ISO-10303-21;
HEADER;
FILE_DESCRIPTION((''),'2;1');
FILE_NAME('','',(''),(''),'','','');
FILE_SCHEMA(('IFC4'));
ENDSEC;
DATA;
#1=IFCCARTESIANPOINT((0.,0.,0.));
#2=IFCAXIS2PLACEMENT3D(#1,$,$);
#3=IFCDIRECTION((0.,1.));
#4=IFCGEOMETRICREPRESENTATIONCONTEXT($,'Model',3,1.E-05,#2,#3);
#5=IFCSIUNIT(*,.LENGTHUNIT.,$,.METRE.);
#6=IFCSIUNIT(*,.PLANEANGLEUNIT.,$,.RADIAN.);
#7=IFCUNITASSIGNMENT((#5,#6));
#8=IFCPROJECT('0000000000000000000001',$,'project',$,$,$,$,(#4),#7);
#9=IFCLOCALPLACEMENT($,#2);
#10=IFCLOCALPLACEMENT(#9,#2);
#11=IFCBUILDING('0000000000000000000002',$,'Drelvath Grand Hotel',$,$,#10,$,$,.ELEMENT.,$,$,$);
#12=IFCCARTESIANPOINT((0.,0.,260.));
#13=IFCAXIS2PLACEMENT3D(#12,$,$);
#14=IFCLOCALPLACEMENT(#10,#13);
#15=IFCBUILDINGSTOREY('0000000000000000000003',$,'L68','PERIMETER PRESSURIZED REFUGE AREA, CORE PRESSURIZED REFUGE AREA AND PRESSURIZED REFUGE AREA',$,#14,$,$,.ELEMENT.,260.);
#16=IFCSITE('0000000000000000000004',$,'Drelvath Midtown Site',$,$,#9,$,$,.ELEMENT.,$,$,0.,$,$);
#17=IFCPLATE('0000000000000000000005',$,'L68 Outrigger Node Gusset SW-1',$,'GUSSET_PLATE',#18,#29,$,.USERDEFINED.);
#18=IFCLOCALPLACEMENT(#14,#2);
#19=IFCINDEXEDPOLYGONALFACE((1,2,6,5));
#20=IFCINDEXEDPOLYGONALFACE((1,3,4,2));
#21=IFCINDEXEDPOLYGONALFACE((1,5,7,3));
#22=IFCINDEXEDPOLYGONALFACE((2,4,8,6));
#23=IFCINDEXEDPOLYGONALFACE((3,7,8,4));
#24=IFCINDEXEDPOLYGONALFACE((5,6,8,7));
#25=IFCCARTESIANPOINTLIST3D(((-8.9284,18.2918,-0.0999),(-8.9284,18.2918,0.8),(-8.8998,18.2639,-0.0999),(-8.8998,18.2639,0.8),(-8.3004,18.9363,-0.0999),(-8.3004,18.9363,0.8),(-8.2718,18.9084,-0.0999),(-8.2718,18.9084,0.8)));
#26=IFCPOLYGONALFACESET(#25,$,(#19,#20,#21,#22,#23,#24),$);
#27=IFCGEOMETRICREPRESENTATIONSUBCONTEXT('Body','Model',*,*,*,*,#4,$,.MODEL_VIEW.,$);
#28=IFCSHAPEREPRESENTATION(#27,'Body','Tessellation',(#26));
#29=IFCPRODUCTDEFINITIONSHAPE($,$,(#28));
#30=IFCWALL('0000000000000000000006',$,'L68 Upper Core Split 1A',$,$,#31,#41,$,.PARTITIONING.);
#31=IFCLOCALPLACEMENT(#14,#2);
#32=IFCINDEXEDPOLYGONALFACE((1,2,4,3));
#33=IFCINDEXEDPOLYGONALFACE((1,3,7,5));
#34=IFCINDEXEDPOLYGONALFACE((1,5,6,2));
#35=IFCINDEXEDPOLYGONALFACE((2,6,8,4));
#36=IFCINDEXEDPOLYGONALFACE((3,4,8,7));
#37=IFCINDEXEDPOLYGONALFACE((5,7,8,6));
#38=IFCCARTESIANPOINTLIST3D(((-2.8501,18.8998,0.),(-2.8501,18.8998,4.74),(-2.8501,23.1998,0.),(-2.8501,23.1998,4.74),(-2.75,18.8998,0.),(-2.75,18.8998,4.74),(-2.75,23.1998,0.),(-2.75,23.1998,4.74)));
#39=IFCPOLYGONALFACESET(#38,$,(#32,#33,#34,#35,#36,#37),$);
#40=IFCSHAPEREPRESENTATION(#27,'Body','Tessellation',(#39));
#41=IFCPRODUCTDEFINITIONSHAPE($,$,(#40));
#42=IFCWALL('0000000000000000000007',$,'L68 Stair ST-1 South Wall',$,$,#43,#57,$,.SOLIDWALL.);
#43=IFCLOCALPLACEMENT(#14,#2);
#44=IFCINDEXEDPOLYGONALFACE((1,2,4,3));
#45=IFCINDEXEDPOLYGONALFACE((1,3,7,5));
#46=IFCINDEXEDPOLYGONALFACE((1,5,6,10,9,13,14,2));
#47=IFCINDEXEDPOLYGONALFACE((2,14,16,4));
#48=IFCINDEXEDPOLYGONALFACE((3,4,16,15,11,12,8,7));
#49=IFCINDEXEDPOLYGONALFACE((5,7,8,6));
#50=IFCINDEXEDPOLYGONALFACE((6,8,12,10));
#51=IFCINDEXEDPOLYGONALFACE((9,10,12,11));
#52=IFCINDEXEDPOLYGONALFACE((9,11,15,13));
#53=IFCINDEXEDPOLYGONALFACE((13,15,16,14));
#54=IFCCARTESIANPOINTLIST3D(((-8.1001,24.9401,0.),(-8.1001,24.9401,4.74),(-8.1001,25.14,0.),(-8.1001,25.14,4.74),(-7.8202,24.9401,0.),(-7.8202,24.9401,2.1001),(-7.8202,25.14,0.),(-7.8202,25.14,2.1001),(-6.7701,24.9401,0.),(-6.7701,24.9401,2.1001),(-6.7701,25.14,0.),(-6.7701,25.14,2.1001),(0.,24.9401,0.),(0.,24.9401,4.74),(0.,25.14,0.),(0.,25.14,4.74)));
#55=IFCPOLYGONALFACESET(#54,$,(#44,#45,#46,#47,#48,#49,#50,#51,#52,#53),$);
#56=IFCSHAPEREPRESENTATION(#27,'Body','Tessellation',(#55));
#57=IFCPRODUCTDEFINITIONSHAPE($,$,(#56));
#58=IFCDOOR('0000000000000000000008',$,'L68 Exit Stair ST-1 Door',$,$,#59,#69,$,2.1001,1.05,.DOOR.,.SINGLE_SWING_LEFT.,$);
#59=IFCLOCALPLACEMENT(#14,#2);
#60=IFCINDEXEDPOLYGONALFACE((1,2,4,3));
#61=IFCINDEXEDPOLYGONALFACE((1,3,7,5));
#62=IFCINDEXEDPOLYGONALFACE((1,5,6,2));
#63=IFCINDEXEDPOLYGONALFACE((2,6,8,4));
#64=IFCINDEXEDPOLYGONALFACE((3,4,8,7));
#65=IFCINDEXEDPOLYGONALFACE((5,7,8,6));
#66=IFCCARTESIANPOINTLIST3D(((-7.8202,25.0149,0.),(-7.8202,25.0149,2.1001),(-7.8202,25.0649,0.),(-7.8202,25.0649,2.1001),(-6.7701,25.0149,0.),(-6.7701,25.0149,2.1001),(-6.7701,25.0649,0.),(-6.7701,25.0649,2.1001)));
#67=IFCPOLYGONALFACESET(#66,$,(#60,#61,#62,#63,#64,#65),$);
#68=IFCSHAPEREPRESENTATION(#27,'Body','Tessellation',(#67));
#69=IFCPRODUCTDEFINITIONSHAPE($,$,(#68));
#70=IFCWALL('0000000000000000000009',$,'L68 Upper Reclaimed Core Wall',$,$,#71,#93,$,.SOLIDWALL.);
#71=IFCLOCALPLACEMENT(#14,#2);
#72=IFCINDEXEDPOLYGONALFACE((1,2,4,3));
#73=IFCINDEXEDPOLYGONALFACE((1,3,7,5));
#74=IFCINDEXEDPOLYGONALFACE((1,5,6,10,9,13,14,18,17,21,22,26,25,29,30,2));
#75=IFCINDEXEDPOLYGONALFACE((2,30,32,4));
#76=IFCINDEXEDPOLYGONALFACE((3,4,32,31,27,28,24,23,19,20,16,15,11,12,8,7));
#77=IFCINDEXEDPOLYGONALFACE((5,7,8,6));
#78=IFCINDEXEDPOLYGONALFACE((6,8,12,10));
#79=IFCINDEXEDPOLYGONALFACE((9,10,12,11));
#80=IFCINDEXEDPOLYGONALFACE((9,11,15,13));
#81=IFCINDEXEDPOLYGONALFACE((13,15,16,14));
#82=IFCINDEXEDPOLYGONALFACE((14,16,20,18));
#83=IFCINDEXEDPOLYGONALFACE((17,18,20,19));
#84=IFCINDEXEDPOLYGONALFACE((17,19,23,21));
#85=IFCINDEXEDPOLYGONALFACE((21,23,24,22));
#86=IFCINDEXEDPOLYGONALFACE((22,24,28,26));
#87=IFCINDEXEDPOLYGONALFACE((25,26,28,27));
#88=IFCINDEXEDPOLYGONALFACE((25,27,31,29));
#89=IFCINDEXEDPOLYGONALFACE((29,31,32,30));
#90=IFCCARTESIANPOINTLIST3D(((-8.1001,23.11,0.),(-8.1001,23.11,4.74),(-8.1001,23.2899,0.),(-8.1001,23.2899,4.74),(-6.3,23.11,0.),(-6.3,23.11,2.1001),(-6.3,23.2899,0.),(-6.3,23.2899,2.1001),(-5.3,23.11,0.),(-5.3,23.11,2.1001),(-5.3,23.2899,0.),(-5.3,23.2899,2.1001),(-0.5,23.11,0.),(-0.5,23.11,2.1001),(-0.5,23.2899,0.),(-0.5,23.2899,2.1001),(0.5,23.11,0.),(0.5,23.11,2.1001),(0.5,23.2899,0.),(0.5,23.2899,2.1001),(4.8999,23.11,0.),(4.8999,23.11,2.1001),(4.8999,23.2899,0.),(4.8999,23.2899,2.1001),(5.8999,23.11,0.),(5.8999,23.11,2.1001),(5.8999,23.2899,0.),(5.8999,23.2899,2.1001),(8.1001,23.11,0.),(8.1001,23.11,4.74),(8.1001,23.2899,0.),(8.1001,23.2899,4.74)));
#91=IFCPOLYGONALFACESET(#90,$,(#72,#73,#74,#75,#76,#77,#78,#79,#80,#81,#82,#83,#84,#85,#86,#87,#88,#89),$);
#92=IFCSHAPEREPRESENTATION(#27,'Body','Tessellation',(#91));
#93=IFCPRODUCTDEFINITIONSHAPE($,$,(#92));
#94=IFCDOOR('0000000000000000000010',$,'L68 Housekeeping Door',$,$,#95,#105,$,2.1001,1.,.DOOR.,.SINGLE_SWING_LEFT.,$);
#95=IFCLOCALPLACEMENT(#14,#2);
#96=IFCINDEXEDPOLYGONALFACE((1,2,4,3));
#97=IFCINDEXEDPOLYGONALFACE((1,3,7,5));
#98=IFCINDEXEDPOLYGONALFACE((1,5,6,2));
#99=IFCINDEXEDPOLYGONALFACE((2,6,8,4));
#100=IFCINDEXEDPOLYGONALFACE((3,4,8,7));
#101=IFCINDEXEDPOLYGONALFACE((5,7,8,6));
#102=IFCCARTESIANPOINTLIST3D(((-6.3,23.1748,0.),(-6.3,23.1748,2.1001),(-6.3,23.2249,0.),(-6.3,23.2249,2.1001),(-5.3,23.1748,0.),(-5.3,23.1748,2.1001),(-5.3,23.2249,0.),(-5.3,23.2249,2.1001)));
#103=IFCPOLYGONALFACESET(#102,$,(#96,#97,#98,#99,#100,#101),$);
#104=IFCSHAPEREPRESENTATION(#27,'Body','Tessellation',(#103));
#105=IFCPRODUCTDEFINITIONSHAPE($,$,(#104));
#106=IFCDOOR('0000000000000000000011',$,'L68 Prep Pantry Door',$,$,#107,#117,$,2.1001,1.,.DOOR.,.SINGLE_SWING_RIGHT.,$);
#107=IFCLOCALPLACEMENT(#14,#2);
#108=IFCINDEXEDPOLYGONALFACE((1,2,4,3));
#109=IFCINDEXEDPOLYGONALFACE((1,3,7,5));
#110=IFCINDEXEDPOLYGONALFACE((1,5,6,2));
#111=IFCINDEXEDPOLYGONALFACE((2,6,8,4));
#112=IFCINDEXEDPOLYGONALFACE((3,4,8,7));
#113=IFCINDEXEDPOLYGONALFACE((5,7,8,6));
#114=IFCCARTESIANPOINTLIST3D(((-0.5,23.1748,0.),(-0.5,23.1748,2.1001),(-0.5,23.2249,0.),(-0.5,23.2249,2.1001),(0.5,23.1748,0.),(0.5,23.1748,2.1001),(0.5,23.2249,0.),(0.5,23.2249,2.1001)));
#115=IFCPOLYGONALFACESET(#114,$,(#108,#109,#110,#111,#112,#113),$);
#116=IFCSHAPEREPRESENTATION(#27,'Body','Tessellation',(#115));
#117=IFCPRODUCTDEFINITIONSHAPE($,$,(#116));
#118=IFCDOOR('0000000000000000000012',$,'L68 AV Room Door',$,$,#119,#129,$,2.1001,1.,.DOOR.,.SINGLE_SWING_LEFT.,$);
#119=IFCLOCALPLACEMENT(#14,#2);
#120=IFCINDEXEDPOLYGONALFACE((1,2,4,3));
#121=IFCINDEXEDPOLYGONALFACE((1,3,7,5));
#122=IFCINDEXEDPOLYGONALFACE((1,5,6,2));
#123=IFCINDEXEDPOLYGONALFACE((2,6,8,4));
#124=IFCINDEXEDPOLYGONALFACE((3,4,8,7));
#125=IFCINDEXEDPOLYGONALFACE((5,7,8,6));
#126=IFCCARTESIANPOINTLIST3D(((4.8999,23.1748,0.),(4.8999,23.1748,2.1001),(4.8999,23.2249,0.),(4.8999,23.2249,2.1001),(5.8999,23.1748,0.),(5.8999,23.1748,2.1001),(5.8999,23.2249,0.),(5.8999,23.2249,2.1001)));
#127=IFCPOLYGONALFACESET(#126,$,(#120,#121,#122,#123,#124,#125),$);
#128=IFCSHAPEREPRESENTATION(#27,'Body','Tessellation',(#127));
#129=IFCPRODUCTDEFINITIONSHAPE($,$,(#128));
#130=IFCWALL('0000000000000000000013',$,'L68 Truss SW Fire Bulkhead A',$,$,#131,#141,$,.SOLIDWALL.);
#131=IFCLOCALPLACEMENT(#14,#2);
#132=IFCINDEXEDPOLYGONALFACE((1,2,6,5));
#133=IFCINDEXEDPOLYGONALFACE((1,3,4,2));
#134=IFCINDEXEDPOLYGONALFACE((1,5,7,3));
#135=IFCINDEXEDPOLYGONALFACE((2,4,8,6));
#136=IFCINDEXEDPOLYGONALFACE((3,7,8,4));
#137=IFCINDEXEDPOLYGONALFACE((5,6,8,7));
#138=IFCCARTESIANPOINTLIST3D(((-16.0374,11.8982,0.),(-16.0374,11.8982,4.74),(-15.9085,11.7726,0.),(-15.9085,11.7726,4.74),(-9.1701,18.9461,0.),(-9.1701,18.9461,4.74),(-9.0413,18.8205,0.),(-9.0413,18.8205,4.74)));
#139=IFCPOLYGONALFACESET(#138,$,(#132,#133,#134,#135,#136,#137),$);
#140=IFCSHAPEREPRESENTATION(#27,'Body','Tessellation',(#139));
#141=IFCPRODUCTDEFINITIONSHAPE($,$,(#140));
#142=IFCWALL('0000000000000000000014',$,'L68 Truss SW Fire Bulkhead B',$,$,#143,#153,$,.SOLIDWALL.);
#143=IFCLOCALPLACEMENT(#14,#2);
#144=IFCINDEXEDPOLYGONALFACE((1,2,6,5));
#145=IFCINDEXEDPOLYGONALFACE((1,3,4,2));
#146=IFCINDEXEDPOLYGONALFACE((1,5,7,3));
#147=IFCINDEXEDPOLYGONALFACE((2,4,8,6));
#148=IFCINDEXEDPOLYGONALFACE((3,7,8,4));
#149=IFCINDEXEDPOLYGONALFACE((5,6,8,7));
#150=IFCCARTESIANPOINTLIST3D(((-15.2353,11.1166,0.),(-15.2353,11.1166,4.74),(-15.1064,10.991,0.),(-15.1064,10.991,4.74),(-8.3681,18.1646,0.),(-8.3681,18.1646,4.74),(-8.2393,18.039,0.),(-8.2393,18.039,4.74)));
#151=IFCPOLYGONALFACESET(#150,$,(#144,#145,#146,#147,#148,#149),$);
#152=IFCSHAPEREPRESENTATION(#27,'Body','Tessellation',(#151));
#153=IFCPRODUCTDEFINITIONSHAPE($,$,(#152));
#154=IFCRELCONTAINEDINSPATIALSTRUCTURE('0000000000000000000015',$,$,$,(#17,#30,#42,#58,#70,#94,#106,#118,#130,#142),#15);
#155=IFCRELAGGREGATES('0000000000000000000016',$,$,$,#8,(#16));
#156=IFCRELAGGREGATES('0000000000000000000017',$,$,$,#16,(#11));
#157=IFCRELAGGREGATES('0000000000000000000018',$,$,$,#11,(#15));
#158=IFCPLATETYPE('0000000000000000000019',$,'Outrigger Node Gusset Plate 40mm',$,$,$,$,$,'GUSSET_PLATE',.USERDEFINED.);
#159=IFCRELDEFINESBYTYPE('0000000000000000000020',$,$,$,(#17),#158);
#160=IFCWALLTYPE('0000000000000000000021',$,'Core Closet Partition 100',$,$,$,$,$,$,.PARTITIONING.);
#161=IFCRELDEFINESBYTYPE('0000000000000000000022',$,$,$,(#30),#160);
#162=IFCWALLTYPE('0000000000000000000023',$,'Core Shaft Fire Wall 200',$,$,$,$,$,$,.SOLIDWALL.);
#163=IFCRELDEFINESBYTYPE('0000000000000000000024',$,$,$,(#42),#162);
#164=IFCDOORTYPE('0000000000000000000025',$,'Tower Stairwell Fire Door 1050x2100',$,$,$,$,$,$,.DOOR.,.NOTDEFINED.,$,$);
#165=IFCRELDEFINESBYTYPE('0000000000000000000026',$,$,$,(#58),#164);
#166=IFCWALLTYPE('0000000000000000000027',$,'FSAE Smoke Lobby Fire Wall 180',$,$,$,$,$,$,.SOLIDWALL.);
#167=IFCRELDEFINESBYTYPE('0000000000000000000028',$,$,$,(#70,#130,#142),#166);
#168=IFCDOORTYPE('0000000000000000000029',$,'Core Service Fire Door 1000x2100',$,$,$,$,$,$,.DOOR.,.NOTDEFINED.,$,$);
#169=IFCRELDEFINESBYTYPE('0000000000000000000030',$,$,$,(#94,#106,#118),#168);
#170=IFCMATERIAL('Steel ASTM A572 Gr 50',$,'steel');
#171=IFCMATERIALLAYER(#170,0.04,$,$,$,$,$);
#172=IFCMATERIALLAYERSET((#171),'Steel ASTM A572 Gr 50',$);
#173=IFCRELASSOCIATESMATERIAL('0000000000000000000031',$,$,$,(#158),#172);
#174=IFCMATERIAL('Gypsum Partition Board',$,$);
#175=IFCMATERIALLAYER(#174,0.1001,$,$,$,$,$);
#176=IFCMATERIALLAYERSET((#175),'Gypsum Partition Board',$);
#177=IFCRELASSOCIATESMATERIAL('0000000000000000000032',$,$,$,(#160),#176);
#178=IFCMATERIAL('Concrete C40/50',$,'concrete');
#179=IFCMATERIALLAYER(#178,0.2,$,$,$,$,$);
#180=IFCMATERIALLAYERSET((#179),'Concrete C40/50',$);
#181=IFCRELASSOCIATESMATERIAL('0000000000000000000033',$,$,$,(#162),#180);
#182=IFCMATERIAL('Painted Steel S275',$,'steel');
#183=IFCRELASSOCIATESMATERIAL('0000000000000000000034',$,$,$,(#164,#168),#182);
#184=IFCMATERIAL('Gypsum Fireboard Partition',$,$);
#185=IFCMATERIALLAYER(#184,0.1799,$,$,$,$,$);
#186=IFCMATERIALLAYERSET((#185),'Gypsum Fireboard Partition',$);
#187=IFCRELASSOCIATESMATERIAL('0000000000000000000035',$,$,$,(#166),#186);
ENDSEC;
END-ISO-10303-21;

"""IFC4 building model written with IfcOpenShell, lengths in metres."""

from ifc_helpers import new_model, si_unit, direction, frame, frame_2d, origin, origin_2d, place, context, subcontext, project, spatial, rectangle, extrude, material, layer, layer_set, type_object, element, fill, save


model = new_model("IFC4")

# Units and contexts
model_context = context("Model", 3, precision=1e-05, world=origin(), true_north=direction((0.0, 1.0)))
body_context = subcontext(model_context, "Body", "Model", "MODEL_VIEW")
ifc_project = project(units=[si_unit("LENGTHUNIT", "METRE"), si_unit("PLANEANGLEUNIT", "RADIAN")], contexts=[model_context])

# Site, building, storey
site_placement = place(None, origin())
site = spatial("IfcSite", under=ifc_project, at=site_placement, Name="Drelvath Midtown Site", CompositionType="ELEMENT", RefElevation=0.0)
building_placement = place(site_placement, origin())
building = spatial("IfcBuilding", under=site, at=building_placement, Name="Drelvath Grand Hotel", CompositionType="ELEMENT")
storey_placement = place(building_placement, frame((0.0, 0.0, 260.0)))
storey = spatial("IfcBuildingStorey", under=building, at=storey_placement, Name="L68", Description="PERIMETER PRESSURIZED REFUGE AREA, CORE PRESSURIZED REFUGE AREA AND PRESSURIZED REFUGE AREA", CompositionType="ELEMENT", Elevation=260.0)

# Plate
ifc_material_1 = material(Name="Steel ASTM A572 Gr 50", Category="steel")
ifc_layer_1 = layer(ifc_material_1, 0.04)
ifc_layer_set_1 = layer_set([ifc_layer_1], Name="Steel ASTM A572 Gr 50")
plate_type_1 = type_object("IfcPlateType", Name="Outrigger Node Gusset Plate 40mm", ElementType="GUSSET_PLATE", PredefinedType="USERDEFINED", material=ifc_layer_set_1)
plate_1_placement = place(storey_placement, frame((-8.6001, 18.6001, -0.0999), z_axis=(0.0, 0.0, 1.0), x_axis=(-0.697865, -0.71623, 0.0)))
element("IfcPlate", 1, at=plate_1_placement, inside=storey, type_object=plate_type_1, Name="L68 Outrigger Node Gusset SW-1", ObjectType="GUSSET_PLATE", PredefinedType="USERDEFINED", context=body_context, shape_type="SweptSolid", body=[
    extrude(rectangle(XDim=0.8999, YDim=0.04, at=origin_2d()), origin(), (0.0, 0.0, 1.0), 0.8999),
])

# Wall
ifc_material_2 = material(Name="Gypsum Partition Board")
ifc_layer_2 = layer(ifc_material_2, 0.1001)
ifc_layer_set_2 = layer_set([ifc_layer_2], Name="Gypsum Partition Board")
wall_type_1 = type_object("IfcWallType", Name="Core Closet Partition 100", PredefinedType="PARTITIONING", material=ifc_layer_set_2)
wall_1_placement = place(storey_placement, frame((-2.8, 18.8999, 0.0), z_axis=(0.0, 0.0, 1.0), x_axis=(0.0, 1.0, 0.0)))
element("IfcWall", 2, at=wall_1_placement, inside=storey, type_object=wall_type_1, Name="L68 Upper Core Split 1A", PredefinedType="PARTITIONING", context=body_context, shape_type="SweptSolid", body=[
    extrude(rectangle(XDim=4.3, YDim=0.1001, at=frame_2d((2.1499, 0.0))), origin(), (0.0, 0.0, 1.0), 4.74),
])

# Wall, opening, door
ifc_material_3 = material(Name="Concrete C40/50", Category="concrete")
ifc_layer_3 = layer(ifc_material_3, 0.2)
ifc_layer_set_3 = layer_set([ifc_layer_3], Name="Concrete C40/50")
wall_type_2 = type_object("IfcWallType", Name="Core Shaft Fire Wall 200", PredefinedType="SOLIDWALL", material=ifc_layer_set_3)
wall_2_placement = place(storey_placement, frame((-8.1001, 25.04, 0.0), z_axis=(0.0, 0.0, 1.0), x_axis=(1.0, 0.0, 0.0)))
wall_2 = element("IfcWall", 3, at=wall_2_placement, inside=storey, type_object=wall_type_2, Name="L68 Stair ST-1 South Wall", PredefinedType="SOLIDWALL", context=body_context, shape_type="SweptSolid", body=[
    extrude(rectangle(XDim=8.1001, YDim=0.2, at=frame_2d((4.05, 0.0))), origin(), (0.0, 0.0, 1.0), 4.74),
])
opening_1_placement = place(wall_2_placement, frame((0.28, 0.0, 0.0)))
opening_1 = element("IfcOpeningElement", 4, at=opening_1_placement, cuts=wall_2, PredefinedType="OPENING", context=body_context, shape_type="SweptSolid", body=[
    extrude(rectangle(XDim=1.05, YDim=2.1001, at=frame_2d((0.5249, 1.05))), frame((0.0, 0.1099, 0.0), z_axis=(0.0, -1.0, 0.0), x_axis=(1.0, 0.0, 0.0)), (0.0, 0.0, 1.0), 0.22),
])
ifc_material_4 = material(Name="Painted Steel S275", Category="steel")
door_type_1 = type_object("IfcDoorType", Name="Tower Stairwell Fire Door 1050x2100", OperationType="NOTDEFINED", PredefinedType="DOOR", material=ifc_material_4)
door_1_placement = place(opening_1_placement, origin())
door_1 = element("IfcDoor", 5, at=door_1_placement, inside=storey, type_object=door_type_1, Name="L68 Exit Stair ST-1 Door", OperationType="SINGLE_SWING_LEFT", OverallHeight=2.1001, OverallWidth=1.05, PredefinedType="DOOR", context=body_context, shape_type="SweptSolid", body=[
    extrude(rectangle(XDim=1.05, YDim=2.1001, at=frame_2d((0.5249, 1.05))), frame((0.0, 0.0249, 0.0), z_axis=(0.0, -1.0, 0.0), x_axis=(1.0, 0.0, 0.0)), (0.0, 0.0, 1.0), 0.05),
])
fill(opening_1, door_1)

# Wall, openings, doors
ifc_material_5 = material(Name="Gypsum Fireboard Partition")
ifc_layer_4 = layer(ifc_material_5, 0.1799)
ifc_layer_set_4 = layer_set([ifc_layer_4], Name="Gypsum Fireboard Partition")
wall_type_3 = type_object("IfcWallType", Name="FSAE Smoke Lobby Fire Wall 180", PredefinedType="SOLIDWALL", material=ifc_layer_set_4)
wall_3_placement = place(storey_placement, frame((-8.1001, 23.2, 0.0), z_axis=(0.0, 0.0, 1.0), x_axis=(1.0, 0.0, 0.0)))
wall_3 = element("IfcWall", 6, at=wall_3_placement, inside=storey, type_object=wall_type_3, Name="L68 Upper Reclaimed Core Wall", PredefinedType="SOLIDWALL", context=body_context, shape_type="SweptSolid", body=[
    extrude(rectangle(XDim=16.2002, YDim=0.1799, at=frame_2d((8.1001, 0.0))), origin(), (0.0, 0.0, 1.0), 4.74),
])
opening_2_placement = place(wall_3_placement, frame((1.8, 0.0, 0.0)))
opening_2 = element("IfcOpeningElement", 7, at=opening_2_placement, cuts=wall_3, PredefinedType="OPENING", context=body_context, shape_type="SweptSolid", body=[
    extrude(rectangle(XDim=1.0, YDim=2.1001, at=frame_2d((0.5, 1.05))), frame((0.0, 0.0999, 0.0), z_axis=(0.0, -1.0, 0.0), x_axis=(1.0, 0.0, 0.0)), (0.0, 0.0, 1.0), 0.2),
])
opening_3_placement = place(wall_3_placement, frame((7.6001, 0.0, 0.0)))
opening_3 = element("IfcOpeningElement", 8, at=opening_3_placement, cuts=wall_3, PredefinedType="OPENING", context=body_context, shape_type="SweptSolid", body=[
    extrude(rectangle(XDim=1.0, YDim=2.1001, at=frame_2d((0.5, 1.05))), frame((0.0, 0.0999, 0.0), z_axis=(0.0, -1.0, 0.0), x_axis=(1.0, 0.0, 0.0)), (0.0, 0.0, 1.0), 0.2),
])
opening_4_placement = place(wall_3_placement, frame((13.0, 0.0, 0.0)))
opening_4 = element("IfcOpeningElement", 9, at=opening_4_placement, cuts=wall_3, PredefinedType="OPENING", context=body_context, shape_type="SweptSolid", body=[
    extrude(rectangle(XDim=1.0, YDim=2.1001, at=frame_2d((0.5, 1.05))), frame((0.0, 0.0999, 0.0), z_axis=(0.0, -1.0, 0.0), x_axis=(1.0, 0.0, 0.0)), (0.0, 0.0, 1.0), 0.2),
])
door_type_2 = type_object("IfcDoorType", Name="Core Service Fire Door 1000x2100", OperationType="NOTDEFINED", PredefinedType="DOOR", material=ifc_material_4)
door_2_placement = place(opening_2_placement, origin())
door_2 = element("IfcDoor", 10, at=door_2_placement, inside=storey, type_object=door_type_2, Name="L68 Housekeeping Door", OperationType="SINGLE_SWING_LEFT", OverallHeight=2.1001, OverallWidth=1.0, PredefinedType="DOOR", context=body_context, shape_type="SweptSolid", body=[
    extrude(rectangle(XDim=1.0, YDim=2.1001, at=frame_2d((0.5, 1.05))), frame((0.0, 0.0249, 0.0), z_axis=(0.0, -1.0, 0.0), x_axis=(1.0, 0.0, 0.0)), (0.0, 0.0, 1.0), 0.05),
])
fill(opening_2, door_2)
door_3_placement = place(opening_3_placement, origin())
door_3 = element("IfcDoor", 11, at=door_3_placement, inside=storey, type_object=door_type_2, Name="L68 Prep Pantry Door", OperationType="SINGLE_SWING_RIGHT", OverallHeight=2.1001, OverallWidth=1.0, PredefinedType="DOOR", context=body_context, shape_type="SweptSolid", body=[
    extrude(rectangle(XDim=1.0, YDim=2.1001, at=frame_2d((0.5, 1.05))), frame((0.0, 0.0249, 0.0), z_axis=(0.0, -1.0, 0.0), x_axis=(1.0, 0.0, 0.0)), (0.0, 0.0, 1.0), 0.05),
])
fill(opening_3, door_3)
door_4_placement = place(opening_4_placement, origin())
door_4 = element("IfcDoor", 12, at=door_4_placement, inside=storey, type_object=door_type_2, Name="L68 AV Room Door", OperationType="SINGLE_SWING_LEFT", OverallHeight=2.1001, OverallWidth=1.0, PredefinedType="DOOR", context=body_context, shape_type="SweptSolid", body=[
    extrude(rectangle(XDim=1.0, YDim=2.1001, at=frame_2d((0.5, 1.05))), frame((0.0, 0.0249, 0.0), z_axis=(0.0, -1.0, 0.0), x_axis=(1.0, 0.0, 0.0)), (0.0, 0.0, 1.0), 0.05),
])
fill(opening_4, door_4)

# Walls
for number, where, z_axis, x_axis, name in (
    (13, (-9.1057, 18.8833, 0.0), (0.0, 0.0, 1.0), (-0.697867, -0.716227, 0.0), "L68 Truss SW Fire Bulkhead A"),
    (14, (-8.3037, 18.1018, 0.0), (0.0, 0.0, 1.0), (-0.697855, -0.716239, 0.0), "L68 Truss SW Fire Bulkhead B"),
):
    element("IfcWall", number, at=place(storey_placement, frame(where, z_axis=z_axis, x_axis=x_axis)), inside=storey, type_object=wall_type_3, Name=name, PredefinedType="SOLIDWALL", context=body_context, shape_type="SweptSolid", body=[
        extrude(rectangle(XDim=9.8403, YDim=0.1799, at=frame_2d((4.9202, 0.0))), origin(), (0.0, 0.0, 1.0), 4.74),
    ])

save(model, "model.ifc")
